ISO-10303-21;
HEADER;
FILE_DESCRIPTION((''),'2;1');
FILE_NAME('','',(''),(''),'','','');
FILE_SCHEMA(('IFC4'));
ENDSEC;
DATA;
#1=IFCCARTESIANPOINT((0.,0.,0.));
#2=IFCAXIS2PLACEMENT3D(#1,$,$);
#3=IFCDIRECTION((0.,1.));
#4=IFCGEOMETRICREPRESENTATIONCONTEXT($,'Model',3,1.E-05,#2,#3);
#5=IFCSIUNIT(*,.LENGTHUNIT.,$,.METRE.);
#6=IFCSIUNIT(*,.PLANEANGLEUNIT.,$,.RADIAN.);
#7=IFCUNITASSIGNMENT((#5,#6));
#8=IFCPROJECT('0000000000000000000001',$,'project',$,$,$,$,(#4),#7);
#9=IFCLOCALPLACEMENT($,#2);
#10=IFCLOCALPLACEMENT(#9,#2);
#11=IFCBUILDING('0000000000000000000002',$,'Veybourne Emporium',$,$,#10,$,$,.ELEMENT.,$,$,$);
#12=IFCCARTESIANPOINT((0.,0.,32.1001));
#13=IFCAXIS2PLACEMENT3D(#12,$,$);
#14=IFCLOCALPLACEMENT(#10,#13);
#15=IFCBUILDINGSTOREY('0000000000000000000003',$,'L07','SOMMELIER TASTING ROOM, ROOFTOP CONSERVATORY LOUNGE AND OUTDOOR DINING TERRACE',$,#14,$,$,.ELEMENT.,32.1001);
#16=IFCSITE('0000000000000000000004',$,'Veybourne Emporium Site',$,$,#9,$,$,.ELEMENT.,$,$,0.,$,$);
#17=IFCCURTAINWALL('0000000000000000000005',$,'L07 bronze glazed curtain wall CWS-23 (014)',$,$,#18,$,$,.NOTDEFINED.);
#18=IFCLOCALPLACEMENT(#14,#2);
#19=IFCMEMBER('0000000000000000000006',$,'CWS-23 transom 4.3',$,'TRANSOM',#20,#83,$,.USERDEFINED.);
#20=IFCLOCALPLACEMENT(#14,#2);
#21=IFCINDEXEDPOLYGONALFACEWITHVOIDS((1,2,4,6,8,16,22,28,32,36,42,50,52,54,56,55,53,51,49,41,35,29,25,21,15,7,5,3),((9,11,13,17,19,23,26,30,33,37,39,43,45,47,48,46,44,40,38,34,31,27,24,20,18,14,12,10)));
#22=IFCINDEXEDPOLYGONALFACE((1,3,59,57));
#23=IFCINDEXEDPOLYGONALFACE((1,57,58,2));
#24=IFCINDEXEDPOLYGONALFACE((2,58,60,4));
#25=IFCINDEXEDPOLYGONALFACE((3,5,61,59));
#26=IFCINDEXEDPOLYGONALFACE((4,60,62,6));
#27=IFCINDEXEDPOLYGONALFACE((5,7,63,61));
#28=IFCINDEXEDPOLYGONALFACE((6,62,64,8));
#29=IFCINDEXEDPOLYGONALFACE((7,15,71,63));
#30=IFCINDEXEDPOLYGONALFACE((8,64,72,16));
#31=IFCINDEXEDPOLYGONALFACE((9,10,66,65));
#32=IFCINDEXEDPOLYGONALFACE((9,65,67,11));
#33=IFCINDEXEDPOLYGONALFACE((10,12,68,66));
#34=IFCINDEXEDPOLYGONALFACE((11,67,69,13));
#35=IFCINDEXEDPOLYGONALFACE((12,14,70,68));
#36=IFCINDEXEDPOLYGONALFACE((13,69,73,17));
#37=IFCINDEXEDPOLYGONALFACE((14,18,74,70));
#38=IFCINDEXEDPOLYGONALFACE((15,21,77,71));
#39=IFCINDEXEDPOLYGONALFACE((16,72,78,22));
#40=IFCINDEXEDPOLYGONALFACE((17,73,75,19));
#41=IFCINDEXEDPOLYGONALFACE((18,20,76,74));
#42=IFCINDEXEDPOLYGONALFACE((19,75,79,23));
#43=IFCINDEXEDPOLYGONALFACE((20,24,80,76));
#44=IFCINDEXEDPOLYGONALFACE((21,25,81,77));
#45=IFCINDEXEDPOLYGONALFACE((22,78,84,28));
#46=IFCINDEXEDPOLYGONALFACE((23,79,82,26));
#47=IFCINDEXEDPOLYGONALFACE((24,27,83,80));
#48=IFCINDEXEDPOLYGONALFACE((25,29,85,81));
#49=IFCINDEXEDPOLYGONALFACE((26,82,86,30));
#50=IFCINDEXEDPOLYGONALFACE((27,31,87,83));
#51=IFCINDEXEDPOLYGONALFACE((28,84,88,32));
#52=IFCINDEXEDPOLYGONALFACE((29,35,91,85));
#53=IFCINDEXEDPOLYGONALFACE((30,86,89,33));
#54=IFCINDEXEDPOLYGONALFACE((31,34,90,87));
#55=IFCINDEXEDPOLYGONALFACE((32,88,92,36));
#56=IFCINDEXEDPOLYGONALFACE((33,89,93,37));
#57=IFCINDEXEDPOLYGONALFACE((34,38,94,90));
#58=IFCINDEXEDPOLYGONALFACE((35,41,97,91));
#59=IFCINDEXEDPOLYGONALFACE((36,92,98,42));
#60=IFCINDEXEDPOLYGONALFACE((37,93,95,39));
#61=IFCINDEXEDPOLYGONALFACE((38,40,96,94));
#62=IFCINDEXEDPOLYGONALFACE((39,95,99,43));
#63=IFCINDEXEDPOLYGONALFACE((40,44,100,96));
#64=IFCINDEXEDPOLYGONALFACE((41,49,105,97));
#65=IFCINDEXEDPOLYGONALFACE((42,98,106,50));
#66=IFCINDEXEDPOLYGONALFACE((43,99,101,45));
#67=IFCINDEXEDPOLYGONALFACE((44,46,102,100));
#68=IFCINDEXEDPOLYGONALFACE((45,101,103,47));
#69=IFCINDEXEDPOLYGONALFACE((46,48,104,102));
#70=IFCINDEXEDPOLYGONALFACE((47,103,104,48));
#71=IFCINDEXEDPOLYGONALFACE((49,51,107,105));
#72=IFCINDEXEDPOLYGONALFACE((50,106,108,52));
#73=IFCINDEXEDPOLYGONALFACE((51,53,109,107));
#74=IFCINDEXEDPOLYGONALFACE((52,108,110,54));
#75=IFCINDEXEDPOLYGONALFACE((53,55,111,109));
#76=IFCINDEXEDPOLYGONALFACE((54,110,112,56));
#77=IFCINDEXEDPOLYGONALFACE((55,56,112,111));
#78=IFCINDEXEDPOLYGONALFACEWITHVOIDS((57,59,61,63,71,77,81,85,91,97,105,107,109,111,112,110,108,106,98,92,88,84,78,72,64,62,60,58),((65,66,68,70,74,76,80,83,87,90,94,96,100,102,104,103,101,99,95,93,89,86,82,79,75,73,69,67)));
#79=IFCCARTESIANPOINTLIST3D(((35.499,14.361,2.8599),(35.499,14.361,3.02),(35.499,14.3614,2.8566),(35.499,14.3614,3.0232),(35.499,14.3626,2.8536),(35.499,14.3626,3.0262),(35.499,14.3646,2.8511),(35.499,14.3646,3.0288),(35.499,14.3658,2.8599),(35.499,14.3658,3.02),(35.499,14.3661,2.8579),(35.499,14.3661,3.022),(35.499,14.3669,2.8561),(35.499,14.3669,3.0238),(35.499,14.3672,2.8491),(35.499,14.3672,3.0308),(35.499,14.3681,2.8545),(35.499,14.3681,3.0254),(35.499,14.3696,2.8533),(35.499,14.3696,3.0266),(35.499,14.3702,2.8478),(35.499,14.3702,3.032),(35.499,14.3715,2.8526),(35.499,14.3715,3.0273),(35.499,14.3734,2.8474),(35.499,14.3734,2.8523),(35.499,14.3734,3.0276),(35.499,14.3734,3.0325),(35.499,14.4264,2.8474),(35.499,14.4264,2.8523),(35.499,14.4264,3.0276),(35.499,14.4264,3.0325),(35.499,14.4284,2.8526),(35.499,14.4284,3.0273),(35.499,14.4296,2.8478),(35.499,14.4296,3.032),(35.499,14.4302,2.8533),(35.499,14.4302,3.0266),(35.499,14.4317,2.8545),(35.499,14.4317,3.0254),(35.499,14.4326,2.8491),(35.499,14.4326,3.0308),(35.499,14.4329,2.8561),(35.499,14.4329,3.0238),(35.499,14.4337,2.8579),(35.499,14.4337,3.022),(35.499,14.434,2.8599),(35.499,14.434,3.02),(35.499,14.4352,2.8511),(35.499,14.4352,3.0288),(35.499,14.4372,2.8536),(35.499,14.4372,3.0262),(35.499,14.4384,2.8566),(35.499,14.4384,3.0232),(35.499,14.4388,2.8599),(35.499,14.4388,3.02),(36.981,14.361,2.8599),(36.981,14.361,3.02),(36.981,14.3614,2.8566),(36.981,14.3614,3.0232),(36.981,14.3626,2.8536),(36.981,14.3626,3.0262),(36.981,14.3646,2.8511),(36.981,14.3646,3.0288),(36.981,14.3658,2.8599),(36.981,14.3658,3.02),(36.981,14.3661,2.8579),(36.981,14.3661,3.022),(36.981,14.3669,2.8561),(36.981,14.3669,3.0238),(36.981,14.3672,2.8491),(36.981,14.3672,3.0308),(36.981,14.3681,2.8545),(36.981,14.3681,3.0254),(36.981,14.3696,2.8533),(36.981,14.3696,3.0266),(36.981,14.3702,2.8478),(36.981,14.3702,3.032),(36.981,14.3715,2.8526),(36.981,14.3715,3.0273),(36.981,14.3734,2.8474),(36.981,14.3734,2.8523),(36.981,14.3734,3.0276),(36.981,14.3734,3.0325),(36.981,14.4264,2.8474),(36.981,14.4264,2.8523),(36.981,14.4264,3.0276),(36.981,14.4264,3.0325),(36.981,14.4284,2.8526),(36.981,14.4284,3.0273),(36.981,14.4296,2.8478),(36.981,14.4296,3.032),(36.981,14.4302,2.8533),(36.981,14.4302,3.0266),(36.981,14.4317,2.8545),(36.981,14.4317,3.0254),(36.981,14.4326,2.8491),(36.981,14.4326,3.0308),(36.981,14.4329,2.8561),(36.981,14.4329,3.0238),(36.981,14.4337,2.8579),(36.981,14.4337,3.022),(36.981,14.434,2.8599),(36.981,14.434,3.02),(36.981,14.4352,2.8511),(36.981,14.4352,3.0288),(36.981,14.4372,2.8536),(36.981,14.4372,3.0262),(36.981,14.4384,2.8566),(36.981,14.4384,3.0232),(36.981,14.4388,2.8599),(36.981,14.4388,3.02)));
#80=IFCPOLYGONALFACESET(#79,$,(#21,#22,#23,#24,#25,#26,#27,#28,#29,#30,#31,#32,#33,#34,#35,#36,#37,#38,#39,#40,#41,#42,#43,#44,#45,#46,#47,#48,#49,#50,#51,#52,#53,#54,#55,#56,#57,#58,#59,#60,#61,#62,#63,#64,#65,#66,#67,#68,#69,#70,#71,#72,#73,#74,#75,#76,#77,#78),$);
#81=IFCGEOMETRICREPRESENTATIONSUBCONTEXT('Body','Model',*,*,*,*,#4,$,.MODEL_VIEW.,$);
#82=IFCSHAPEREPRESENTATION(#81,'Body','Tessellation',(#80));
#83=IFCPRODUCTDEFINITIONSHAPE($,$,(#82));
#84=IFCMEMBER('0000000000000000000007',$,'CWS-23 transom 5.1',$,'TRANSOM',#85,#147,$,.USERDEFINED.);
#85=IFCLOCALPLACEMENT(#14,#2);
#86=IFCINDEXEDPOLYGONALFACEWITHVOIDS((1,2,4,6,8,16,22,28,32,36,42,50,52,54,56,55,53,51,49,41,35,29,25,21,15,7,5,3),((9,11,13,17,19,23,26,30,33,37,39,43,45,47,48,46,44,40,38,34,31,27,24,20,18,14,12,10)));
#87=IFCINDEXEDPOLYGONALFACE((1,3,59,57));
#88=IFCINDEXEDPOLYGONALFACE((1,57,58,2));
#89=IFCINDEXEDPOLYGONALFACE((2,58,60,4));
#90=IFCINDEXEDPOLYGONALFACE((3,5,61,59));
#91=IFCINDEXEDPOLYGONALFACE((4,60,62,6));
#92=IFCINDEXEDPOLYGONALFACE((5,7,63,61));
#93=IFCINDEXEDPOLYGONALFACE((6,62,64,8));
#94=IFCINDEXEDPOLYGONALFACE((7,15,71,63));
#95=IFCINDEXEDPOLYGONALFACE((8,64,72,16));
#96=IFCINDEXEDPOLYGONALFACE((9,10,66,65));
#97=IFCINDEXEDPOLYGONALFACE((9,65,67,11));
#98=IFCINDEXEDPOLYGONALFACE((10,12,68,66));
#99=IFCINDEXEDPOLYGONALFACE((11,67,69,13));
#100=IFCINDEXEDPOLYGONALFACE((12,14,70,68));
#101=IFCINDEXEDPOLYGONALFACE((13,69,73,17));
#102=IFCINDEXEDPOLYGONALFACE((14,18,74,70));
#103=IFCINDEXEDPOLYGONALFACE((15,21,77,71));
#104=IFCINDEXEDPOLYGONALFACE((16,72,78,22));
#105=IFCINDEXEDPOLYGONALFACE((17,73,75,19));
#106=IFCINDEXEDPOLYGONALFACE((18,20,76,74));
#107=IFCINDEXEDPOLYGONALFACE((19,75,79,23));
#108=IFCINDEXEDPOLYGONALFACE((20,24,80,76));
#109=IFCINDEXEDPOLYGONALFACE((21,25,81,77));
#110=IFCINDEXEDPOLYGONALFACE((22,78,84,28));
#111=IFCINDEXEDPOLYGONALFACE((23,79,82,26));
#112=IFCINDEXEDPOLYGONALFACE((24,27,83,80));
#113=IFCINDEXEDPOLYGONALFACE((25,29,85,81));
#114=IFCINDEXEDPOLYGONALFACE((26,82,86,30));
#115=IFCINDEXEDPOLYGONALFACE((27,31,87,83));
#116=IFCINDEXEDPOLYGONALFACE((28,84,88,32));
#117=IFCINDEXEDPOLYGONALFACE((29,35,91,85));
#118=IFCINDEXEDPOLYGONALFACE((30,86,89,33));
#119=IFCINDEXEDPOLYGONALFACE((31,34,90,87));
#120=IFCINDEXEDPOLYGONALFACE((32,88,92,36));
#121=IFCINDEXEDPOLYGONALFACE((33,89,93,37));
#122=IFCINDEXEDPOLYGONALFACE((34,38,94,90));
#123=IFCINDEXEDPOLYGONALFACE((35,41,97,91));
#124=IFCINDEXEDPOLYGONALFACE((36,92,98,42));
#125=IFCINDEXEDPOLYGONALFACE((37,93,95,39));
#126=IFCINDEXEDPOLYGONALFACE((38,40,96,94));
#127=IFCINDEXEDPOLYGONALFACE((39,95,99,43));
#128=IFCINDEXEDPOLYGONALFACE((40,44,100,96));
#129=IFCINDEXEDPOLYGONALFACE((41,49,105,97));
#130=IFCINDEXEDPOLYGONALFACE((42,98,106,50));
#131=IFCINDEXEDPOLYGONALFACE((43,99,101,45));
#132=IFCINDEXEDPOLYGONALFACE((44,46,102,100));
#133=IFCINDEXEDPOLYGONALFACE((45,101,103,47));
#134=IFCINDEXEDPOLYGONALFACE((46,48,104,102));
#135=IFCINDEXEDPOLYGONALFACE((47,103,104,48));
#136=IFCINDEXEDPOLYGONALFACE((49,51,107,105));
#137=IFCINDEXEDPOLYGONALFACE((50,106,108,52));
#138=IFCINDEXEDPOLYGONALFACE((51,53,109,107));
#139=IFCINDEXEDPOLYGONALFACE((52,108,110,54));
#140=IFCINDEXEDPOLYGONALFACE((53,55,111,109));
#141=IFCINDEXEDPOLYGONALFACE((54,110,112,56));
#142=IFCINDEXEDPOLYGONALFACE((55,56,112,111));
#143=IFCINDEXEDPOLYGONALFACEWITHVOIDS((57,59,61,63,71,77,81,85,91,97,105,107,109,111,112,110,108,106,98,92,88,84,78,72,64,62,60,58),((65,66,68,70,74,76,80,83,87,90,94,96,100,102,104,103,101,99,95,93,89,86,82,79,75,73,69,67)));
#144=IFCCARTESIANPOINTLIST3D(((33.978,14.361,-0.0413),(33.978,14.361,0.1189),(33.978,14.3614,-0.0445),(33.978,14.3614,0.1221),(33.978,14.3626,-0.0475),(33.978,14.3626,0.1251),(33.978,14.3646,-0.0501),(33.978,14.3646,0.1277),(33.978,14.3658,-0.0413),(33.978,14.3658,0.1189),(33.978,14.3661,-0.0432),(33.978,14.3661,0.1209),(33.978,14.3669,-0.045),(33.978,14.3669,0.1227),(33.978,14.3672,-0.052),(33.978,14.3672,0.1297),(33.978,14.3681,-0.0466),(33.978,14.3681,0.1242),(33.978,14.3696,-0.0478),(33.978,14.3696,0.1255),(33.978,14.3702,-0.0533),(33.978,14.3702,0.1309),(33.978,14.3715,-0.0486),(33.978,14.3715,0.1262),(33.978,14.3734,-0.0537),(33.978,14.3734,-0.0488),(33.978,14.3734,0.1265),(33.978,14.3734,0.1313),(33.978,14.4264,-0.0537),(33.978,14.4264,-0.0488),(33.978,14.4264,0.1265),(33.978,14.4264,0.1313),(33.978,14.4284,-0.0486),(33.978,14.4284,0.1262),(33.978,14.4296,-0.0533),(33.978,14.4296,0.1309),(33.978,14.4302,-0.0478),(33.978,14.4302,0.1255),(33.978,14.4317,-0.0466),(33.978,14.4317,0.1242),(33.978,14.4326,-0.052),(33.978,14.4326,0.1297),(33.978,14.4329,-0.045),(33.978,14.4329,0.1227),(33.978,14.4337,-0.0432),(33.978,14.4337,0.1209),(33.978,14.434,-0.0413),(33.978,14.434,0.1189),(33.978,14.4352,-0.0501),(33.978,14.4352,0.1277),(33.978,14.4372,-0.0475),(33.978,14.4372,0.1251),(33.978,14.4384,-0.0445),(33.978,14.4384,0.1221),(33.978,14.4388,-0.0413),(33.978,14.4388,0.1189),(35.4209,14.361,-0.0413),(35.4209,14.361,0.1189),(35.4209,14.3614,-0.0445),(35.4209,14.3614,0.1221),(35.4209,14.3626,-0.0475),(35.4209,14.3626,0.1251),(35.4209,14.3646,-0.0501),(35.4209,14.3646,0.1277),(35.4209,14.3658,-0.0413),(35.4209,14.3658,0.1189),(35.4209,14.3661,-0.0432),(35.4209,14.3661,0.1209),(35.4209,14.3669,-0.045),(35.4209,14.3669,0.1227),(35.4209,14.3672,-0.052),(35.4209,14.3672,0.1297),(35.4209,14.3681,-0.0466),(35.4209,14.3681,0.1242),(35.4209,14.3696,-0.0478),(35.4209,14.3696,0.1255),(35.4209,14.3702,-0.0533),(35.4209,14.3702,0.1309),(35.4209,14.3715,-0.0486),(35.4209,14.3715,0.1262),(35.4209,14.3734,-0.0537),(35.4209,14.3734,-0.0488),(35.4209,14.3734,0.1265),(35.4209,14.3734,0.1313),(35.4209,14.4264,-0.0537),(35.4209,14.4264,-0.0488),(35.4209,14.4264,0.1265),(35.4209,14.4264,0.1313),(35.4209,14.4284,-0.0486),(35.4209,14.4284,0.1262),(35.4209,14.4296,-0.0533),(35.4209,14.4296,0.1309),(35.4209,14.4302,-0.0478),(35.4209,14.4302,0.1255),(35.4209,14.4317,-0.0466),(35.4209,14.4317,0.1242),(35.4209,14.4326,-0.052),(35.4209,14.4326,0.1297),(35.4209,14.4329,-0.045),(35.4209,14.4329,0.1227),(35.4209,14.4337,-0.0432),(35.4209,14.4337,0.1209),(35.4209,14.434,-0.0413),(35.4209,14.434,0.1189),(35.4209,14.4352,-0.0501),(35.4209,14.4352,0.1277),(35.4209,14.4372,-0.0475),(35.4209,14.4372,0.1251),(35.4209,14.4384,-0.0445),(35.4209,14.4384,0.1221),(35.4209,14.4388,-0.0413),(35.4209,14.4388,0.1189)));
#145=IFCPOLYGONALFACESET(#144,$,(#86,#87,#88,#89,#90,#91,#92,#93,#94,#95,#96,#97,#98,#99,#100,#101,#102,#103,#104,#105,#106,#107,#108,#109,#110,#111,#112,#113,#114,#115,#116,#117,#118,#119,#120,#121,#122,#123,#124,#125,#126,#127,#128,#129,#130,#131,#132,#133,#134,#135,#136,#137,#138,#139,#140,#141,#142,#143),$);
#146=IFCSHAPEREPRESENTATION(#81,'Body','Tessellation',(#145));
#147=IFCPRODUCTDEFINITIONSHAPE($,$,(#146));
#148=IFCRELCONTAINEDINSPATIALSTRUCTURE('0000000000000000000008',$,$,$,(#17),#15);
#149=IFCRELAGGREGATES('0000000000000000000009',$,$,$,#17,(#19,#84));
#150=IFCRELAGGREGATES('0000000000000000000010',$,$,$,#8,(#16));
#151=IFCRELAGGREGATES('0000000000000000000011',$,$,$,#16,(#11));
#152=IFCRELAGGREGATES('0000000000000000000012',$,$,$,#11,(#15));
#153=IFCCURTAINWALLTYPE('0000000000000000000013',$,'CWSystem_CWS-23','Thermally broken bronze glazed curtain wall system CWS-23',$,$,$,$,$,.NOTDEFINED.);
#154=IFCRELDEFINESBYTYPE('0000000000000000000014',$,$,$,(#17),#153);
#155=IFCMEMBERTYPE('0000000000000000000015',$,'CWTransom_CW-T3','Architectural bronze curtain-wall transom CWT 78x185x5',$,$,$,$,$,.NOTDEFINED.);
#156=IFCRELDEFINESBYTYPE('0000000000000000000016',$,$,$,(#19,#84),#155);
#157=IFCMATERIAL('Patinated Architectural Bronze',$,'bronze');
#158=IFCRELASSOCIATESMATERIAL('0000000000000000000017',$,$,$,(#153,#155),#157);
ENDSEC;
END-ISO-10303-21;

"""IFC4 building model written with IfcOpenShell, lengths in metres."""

from ifc_helpers import new_model, si_unit, direction, frame, origin, origin_2d, place, context, subcontext, project, spatial, hollow_rectangle, extrude, material, material_profile, profile_set, type_object, element, aggregate, save


model = new_model("IFC4")

# Units and contexts
model_context = context("Model", 3, precision=1e-05, world=origin(), true_north=direction((0.0, 1.0)))
body_context = subcontext(model_context, "Body", "Model", "MODEL_VIEW")
ifc_project = project(units=[si_unit("LENGTHUNIT", "METRE"), si_unit("PLANEANGLEUNIT", "RADIAN")], contexts=[model_context])

# Site, building, storey
site_placement = place(None, origin())
site = spatial("IfcSite", under=ifc_project, at=site_placement, Name="Veybourne Emporium Site", CompositionType="ELEMENT", RefElevation=0.0)
building_placement = place(site_placement, origin())
building = spatial("IfcBuilding", under=site, at=building_placement, Name="Veybourne Emporium", CompositionType="ELEMENT")
storey_placement = place(building_placement, frame((0.0, 0.0, 32.1001)))
storey = spatial("IfcBuildingStorey", under=building, at=storey_placement, Name="L07", Description="SOMMELIER TASTING ROOM, ROOFTOP CONSERVATORY LOUNGE AND OUTDOOR DINING TERRACE", CompositionType="ELEMENT", Elevation=32.1001)

# Curtain wall, members
ifc_material_1 = material(Name="Patinated Architectural Bronze", Category="bronze")
curtain_wall_type = type_object("IfcCurtainWallType", Name="CWSystem_CWS-23", Description="Thermally broken bronze glazed curtain wall system CWS-23", PredefinedType="NOTDEFINED", material=ifc_material_1)
curtain_wall_placement = place(storey_placement, origin())
curtain_wall = element("IfcCurtainWall", 1, at=curtain_wall_placement, inside=storey, type_object=curtain_wall_type, Name="L07 bronze glazed curtain wall CWS-23 (014)", PredefinedType="NOTDEFINED")
ifc_material_profile_1 = material_profile(ifc_material_1, hollow_rectangle(XDim=0.0779, YDim=0.1851, WallThickness=0.0049, InnerFilletRadius=0.0076, OuterFilletRadius=0.0125, at=origin_2d()), Name="CWT 78x185x5")
ifc_profile_set_1 = profile_set([ifc_material_profile_1], Name="Patinated Architectural Bronze")
member_type_1 = type_object("IfcMemberType", Name="CWTransom_CW-T3", Description="Architectural bronze curtain-wall transom CWT 78x185x5", PredefinedType="NOTDEFINED", material=ifc_profile_set_1)
member_1_placement = place(storey_placement, frame((36.981, 14.3999, 2.9399), z_axis=(-1.0, 0.0, 0.0), x_axis=(0.0, -1.0, 0.0)))
member_1 = element("IfcMember", 2, at=member_1_placement, type_object=member_type_1, Name="CWS-23 transom 4.3", ObjectType="TRANSOM", PredefinedType="USERDEFINED", context=body_context, shape_type="SweptSolid", body=[
    extrude(hollow_rectangle(XDim=0.0779, YDim=0.1851, WallThickness=0.0049, InnerFilletRadius=0.0076, OuterFilletRadius=0.0125, at=origin_2d()), origin(), (0.0, 0.0, 1.0), 1.4819),
])
member_2_placement = place(storey_placement, frame((35.4209, 14.3999, 0.0388), z_axis=(-1.0, 0.0, 0.0), x_axis=(0.0, -1.0, 0.0)))
member_2 = element("IfcMember", 3, at=member_2_placement, type_object=member_type_1, Name="CWS-23 transom 5.1", ObjectType="TRANSOM", PredefinedType="USERDEFINED", context=body_context, shape_type="SweptSolid", body=[
    extrude(hollow_rectangle(XDim=0.0779, YDim=0.1851, WallThickness=0.0049, InnerFilletRadius=0.0076, OuterFilletRadius=0.0125, at=origin_2d()), origin(), (0.0, 0.0, 1.0), 1.4429),
])

aggregate(curtain_wall, [member_1, member_2])

save(model, "model.ifc")
